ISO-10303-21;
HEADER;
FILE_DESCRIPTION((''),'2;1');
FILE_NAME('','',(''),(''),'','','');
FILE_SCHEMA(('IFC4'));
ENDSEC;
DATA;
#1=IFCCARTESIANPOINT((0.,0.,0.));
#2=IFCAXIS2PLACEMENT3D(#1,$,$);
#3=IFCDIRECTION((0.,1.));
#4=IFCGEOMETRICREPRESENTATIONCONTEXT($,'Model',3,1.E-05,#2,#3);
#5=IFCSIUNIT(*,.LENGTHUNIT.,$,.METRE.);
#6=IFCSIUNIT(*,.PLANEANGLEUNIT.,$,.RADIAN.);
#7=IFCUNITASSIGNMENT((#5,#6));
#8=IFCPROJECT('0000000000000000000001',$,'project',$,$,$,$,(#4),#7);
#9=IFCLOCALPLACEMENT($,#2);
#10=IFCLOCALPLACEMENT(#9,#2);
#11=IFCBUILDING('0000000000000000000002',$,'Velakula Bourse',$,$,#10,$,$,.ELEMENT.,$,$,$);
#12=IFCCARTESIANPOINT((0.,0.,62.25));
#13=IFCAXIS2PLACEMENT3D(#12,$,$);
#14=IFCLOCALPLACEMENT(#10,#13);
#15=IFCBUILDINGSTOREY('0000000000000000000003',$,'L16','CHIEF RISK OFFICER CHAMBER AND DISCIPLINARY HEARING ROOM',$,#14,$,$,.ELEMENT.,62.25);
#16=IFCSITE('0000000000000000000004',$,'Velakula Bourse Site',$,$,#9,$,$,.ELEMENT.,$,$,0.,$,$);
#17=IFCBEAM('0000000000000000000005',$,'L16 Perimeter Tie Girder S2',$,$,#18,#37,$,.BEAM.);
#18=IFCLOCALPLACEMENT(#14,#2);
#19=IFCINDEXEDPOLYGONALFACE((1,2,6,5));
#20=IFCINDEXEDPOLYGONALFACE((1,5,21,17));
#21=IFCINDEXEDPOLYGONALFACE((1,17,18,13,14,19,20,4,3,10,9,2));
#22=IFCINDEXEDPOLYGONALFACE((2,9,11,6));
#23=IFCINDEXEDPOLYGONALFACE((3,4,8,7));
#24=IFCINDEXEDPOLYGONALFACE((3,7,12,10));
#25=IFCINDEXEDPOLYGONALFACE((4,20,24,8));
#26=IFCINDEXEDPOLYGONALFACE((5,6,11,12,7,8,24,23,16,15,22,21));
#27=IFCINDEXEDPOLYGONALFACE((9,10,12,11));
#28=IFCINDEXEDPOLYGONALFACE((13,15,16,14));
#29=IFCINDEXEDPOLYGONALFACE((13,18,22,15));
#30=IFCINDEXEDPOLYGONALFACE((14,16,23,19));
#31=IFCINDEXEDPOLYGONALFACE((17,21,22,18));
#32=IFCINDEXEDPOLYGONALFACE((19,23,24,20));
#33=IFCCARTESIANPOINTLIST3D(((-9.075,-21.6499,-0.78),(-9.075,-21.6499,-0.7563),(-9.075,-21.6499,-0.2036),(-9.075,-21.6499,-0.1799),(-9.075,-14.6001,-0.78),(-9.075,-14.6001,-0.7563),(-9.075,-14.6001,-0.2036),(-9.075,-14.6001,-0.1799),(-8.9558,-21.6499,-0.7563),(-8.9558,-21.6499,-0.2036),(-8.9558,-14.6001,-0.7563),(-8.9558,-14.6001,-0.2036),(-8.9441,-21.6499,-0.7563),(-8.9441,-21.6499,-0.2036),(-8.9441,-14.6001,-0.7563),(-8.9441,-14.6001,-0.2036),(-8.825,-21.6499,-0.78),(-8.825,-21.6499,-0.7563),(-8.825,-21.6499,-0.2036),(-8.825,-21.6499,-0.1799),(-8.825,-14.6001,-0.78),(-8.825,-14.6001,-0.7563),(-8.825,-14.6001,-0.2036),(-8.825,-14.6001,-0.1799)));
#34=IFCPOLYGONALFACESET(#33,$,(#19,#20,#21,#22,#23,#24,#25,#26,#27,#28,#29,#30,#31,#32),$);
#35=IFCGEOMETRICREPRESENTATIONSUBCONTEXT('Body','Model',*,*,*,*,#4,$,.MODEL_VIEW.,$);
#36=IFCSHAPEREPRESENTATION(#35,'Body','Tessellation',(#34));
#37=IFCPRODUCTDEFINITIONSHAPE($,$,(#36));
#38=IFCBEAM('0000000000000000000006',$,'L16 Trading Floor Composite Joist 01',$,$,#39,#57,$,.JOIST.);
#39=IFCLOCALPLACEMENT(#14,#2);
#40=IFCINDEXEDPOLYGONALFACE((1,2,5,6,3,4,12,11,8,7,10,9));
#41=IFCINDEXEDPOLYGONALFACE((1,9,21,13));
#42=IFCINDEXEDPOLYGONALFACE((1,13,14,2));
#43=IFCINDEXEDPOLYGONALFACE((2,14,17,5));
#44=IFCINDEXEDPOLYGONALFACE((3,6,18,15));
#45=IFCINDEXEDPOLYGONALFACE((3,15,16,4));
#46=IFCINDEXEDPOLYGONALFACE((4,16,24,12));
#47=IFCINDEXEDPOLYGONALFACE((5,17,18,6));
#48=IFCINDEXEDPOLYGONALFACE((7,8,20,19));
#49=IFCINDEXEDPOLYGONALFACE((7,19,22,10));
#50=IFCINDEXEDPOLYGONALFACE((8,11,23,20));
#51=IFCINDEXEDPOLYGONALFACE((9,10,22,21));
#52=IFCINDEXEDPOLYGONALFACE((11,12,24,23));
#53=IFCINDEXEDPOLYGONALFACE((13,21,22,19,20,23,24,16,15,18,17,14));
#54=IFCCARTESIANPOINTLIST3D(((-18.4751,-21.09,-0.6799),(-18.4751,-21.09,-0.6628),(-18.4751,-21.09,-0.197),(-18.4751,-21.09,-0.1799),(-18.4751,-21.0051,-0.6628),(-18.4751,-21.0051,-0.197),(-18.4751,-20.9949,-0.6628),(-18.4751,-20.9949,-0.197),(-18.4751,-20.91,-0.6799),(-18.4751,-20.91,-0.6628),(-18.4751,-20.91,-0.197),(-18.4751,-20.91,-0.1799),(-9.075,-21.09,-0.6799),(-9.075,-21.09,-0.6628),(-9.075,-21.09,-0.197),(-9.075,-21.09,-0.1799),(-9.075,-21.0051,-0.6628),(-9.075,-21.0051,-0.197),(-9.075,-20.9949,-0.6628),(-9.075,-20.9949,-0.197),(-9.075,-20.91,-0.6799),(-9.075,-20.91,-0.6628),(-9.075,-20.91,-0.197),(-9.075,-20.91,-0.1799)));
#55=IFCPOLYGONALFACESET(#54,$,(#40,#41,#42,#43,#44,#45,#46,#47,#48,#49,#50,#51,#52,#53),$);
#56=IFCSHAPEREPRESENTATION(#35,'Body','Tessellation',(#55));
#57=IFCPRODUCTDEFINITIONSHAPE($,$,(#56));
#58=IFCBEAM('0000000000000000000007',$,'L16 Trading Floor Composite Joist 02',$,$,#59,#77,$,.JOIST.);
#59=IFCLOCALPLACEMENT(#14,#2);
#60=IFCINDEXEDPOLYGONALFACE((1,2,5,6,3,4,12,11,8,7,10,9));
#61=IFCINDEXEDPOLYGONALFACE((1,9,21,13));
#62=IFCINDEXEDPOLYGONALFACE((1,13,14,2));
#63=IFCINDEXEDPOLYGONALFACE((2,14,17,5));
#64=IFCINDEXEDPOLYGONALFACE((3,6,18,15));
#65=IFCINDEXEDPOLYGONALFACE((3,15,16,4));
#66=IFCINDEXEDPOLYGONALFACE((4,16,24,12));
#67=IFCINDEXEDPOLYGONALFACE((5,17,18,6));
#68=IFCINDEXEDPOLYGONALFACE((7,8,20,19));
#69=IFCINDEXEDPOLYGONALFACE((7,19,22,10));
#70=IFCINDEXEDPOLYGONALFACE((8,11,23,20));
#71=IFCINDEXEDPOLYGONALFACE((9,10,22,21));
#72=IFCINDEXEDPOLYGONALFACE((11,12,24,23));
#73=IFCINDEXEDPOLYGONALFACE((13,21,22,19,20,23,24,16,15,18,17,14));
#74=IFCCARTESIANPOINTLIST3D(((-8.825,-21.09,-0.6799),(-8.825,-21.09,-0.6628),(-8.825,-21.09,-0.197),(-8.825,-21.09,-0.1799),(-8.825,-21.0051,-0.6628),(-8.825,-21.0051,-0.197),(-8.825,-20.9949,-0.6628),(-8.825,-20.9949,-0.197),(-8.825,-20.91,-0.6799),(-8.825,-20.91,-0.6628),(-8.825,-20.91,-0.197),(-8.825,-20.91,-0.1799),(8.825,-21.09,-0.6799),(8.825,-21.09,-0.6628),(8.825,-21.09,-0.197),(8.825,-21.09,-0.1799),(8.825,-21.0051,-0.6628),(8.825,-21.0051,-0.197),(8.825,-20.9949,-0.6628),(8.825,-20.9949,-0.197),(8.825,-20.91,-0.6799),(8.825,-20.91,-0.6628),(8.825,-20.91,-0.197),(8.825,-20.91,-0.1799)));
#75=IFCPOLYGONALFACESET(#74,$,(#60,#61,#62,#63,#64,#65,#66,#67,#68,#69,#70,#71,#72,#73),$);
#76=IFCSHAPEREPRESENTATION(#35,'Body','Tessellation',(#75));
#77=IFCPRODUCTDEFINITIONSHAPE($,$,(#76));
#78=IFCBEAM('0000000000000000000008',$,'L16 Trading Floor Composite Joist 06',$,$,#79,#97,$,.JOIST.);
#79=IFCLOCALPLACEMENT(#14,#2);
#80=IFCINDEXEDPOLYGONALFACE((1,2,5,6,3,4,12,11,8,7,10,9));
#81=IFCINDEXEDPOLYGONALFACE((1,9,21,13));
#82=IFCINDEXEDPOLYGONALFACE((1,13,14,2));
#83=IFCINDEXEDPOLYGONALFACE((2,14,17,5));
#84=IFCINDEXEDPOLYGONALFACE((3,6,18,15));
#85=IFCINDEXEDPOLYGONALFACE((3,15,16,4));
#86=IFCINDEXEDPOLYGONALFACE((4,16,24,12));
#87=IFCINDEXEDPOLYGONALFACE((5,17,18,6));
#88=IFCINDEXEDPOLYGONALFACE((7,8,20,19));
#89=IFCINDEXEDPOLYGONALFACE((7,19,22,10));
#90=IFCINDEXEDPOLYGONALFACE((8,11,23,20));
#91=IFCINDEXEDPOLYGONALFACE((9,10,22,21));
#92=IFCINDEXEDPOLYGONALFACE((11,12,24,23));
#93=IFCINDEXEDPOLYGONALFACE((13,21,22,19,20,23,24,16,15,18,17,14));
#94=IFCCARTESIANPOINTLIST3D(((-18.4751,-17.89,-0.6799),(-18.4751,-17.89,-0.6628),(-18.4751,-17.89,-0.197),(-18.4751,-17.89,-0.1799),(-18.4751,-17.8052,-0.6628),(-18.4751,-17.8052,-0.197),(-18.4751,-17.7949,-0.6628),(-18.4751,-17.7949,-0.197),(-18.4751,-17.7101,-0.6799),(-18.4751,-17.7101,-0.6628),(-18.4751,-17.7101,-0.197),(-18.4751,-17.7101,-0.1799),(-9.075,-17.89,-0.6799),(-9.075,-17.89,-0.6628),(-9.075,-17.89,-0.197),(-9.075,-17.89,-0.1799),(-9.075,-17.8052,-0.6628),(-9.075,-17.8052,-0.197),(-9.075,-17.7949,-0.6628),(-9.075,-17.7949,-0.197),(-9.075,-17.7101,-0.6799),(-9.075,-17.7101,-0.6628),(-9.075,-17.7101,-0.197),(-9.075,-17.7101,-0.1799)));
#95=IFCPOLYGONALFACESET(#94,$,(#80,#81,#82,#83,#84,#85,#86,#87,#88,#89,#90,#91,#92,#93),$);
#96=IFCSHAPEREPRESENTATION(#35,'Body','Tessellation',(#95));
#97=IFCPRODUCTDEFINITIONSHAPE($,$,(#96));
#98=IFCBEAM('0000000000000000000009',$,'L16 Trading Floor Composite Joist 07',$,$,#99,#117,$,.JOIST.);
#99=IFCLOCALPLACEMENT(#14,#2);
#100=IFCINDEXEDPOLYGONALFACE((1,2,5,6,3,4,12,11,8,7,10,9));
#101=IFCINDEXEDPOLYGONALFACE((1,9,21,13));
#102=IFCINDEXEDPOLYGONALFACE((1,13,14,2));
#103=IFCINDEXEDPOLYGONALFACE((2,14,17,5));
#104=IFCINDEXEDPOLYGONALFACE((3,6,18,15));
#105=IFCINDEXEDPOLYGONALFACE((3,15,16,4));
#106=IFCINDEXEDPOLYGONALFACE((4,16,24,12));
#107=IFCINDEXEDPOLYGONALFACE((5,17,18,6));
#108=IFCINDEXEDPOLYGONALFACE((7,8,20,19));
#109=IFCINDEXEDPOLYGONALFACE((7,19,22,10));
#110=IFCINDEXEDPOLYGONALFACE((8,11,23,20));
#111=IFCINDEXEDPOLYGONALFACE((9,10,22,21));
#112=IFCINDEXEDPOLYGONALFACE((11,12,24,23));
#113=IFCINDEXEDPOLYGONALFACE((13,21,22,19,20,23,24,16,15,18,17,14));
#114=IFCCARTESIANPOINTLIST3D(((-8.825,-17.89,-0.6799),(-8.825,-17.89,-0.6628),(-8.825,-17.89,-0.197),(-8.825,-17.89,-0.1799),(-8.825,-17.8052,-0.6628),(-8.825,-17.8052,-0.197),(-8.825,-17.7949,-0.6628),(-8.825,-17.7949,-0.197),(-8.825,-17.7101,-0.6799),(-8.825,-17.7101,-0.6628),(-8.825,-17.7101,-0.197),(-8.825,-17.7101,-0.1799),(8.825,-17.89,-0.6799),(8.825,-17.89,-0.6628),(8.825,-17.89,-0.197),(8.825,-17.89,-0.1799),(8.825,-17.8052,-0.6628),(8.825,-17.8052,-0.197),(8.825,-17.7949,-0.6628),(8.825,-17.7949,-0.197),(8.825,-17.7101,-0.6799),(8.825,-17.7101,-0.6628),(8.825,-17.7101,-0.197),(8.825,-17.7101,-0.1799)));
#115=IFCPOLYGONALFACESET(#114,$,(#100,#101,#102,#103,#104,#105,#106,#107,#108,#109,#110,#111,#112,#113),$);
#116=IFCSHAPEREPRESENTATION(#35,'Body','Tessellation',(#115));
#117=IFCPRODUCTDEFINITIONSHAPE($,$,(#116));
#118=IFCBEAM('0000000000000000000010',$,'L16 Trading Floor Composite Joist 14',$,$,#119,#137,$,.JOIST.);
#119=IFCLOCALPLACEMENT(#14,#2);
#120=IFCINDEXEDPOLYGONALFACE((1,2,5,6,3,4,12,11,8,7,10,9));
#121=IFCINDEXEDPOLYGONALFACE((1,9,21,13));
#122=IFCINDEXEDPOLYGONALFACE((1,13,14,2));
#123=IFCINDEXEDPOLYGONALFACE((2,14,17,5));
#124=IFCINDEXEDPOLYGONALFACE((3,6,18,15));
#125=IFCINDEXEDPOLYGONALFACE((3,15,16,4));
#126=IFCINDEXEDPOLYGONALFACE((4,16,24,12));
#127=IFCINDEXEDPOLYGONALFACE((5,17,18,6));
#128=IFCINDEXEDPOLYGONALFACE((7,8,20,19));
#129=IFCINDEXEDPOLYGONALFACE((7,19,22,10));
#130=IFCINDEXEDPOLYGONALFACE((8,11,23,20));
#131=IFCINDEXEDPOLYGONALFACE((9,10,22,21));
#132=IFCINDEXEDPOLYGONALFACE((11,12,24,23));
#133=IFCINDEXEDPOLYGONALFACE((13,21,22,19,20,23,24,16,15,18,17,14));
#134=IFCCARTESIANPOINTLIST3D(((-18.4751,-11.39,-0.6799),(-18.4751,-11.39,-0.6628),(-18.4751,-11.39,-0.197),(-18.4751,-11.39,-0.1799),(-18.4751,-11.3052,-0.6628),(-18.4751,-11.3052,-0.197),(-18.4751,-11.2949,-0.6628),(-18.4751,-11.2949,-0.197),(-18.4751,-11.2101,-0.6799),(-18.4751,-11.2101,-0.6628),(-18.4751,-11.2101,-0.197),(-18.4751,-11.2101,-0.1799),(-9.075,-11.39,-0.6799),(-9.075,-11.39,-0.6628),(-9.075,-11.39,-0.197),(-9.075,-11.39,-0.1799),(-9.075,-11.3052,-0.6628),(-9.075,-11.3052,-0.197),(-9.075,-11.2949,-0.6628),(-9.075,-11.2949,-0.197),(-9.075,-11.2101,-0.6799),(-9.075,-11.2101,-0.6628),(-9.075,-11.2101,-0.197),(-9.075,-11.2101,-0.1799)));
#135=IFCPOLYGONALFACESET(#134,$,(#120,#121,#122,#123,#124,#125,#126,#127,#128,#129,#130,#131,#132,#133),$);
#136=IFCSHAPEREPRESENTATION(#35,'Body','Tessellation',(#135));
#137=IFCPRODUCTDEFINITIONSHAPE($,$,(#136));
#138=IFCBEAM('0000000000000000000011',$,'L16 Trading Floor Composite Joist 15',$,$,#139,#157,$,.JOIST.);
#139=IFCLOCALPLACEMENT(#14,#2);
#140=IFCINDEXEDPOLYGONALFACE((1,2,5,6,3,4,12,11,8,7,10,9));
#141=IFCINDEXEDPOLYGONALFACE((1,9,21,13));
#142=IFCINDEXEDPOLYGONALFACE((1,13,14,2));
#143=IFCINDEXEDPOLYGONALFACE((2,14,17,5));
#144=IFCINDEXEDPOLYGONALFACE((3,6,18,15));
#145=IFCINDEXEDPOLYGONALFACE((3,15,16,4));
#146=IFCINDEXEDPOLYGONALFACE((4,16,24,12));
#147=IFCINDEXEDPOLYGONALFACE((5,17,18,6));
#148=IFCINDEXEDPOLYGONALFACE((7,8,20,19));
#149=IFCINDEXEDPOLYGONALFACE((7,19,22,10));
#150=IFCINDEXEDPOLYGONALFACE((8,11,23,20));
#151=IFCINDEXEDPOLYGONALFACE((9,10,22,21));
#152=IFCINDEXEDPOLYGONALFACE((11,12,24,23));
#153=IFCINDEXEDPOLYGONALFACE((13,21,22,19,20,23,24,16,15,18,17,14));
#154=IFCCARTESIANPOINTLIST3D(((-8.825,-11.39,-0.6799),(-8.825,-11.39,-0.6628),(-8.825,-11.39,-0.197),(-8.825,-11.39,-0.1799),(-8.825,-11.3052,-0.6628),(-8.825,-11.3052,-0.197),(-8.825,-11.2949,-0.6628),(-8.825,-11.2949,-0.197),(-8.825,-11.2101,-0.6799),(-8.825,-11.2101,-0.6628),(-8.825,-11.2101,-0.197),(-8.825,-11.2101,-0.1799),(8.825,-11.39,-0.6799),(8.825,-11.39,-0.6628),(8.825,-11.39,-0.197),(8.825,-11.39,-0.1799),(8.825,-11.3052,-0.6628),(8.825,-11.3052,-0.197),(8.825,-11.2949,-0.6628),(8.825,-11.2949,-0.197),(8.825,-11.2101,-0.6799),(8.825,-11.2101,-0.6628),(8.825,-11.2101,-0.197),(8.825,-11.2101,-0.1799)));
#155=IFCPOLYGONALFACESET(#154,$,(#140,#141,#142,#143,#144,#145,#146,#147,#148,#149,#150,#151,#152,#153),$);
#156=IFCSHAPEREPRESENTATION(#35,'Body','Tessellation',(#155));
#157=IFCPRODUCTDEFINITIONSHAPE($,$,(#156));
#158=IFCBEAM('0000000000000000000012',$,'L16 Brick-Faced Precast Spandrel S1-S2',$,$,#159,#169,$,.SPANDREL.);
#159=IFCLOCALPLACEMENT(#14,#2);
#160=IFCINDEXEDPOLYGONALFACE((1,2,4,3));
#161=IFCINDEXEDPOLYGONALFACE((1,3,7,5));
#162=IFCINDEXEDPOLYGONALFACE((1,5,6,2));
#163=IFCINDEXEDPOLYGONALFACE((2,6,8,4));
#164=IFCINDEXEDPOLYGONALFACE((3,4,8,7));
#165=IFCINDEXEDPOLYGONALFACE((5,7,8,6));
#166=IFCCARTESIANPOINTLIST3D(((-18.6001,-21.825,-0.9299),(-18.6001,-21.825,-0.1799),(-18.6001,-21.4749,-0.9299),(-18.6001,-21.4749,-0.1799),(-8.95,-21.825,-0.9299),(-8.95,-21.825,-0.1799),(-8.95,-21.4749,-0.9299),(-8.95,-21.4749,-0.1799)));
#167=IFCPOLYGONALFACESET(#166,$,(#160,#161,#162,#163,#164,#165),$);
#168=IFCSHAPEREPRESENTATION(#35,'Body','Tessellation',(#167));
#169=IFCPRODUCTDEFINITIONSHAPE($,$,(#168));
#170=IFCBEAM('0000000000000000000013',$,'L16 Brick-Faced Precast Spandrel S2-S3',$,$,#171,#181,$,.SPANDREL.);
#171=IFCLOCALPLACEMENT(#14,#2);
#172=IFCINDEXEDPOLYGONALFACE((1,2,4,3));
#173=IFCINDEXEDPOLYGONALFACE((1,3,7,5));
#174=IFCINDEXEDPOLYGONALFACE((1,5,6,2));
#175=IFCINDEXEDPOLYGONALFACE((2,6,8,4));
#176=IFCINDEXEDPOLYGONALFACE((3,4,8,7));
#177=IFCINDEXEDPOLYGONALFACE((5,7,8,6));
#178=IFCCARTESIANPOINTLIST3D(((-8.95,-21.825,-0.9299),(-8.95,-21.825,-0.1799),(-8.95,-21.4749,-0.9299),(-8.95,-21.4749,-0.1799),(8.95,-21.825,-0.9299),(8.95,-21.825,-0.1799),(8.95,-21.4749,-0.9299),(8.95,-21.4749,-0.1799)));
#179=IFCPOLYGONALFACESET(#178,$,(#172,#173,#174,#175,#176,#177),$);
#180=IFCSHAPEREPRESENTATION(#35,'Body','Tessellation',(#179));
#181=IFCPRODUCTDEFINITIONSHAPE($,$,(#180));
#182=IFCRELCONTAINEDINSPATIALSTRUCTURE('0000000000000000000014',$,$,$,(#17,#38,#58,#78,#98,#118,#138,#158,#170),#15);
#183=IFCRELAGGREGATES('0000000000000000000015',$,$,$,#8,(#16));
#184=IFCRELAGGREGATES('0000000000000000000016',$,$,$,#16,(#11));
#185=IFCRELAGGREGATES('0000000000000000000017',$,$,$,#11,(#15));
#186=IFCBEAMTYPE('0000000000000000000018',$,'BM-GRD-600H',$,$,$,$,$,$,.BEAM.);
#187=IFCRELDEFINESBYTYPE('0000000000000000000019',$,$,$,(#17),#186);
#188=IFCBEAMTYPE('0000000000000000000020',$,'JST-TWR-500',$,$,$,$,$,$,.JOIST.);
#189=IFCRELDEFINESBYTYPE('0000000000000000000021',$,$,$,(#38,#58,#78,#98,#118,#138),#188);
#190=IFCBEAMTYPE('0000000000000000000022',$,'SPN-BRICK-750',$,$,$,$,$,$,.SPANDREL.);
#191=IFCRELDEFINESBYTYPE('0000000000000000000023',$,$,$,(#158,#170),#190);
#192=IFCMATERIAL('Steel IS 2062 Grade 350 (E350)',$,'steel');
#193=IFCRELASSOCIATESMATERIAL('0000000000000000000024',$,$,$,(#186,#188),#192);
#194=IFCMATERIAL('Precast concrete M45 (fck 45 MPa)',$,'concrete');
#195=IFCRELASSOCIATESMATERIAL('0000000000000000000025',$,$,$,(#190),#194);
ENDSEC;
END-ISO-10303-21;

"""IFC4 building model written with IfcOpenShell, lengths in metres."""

from ifc_helpers import new_model, si_unit, direction, frame, origin, origin_2d, place, context, subcontext, project, spatial, rectangle, i_section, extrude, material, material_profile, profile_set, type_object, element, save


model = new_model("IFC4")

# Units and contexts
model_context = context("Model", 3, precision=1e-05, world=origin(), true_north=direction((0.0, 1.0)))
body_context = subcontext(model_context, "Body", "Model", "MODEL_VIEW")
ifc_project = project(units=[si_unit("LENGTHUNIT", "METRE"), si_unit("PLANEANGLEUNIT", "RADIAN")], contexts=[model_context])

# Site, building, storey
site_placement = place(None, origin())
site = spatial("IfcSite", under=ifc_project, at=site_placement, Name="Velakula Bourse Site", CompositionType="ELEMENT", RefElevation=0.0)
building_placement = place(site_placement, origin())
building = spatial("IfcBuilding", under=site, at=building_placement, Name="Velakula Bourse", CompositionType="ELEMENT")
storey_placement = place(building_placement, frame((0.0, 0.0, 62.25)))
storey = spatial("IfcBuildingStorey", under=building, at=storey_placement, Name="L16", Description="CHIEF RISK OFFICER CHAMBER AND DISCIPLINARY HEARING ROOM", CompositionType="ELEMENT", Elevation=62.25)

# Beams
ifc_material_1 = material(Name="Steel IS 2062 Grade 350 (E350)", Category="steel")
ifc_material_profile_1 = material_profile(ifc_material_1, i_section(OverallWidth=0.25, OverallDepth=0.6001, WebThickness=0.0117, FlangeThickness=0.0237, at=origin_2d()), Name="Steel IS 2062 Grade 350 (E350)")
ifc_profile_set_1 = profile_set([ifc_material_profile_1], Name="Steel IS 2062 Grade 350 (E350)")
beam_type_1 = type_object("IfcBeamType", Name="BM-GRD-600H", PredefinedType="BEAM", material=ifc_profile_set_1)
for number, where, z_axis, x_axis, name in (
    (1, (-8.95, -14.6001, -0.48), (0.0, -1.0, 0.0), (1.0, 0.0, 0.0), "L16 Perimeter Tie Girder S2"),
):
    element("IfcBeam", number, at=place(storey_placement, frame(where, z_axis=z_axis, x_axis=x_axis)), inside=storey, type_object=beam_type_1, Name=name, PredefinedType="BEAM", context=body_context, shape_type="SweptSolid", body=[
        extrude(i_section(OverallWidth=0.25, OverallDepth=0.6001, WebThickness=0.0117, FlangeThickness=0.0237, at=origin_2d()), origin(), (0.0, 0.0, 1.0), 7.0498),
    ])
ifc_material_profile_2 = material_profile(ifc_material_1, i_section(OverallWidth=0.1799, OverallDepth=0.5, WebThickness=0.0103, FlangeThickness=0.0171, at=origin_2d()), Name="Steel IS 2062 Grade 350 (E350)")
ifc_profile_set_2 = profile_set([ifc_material_profile_2], Name="Steel IS 2062 Grade 350 (E350)")
beam_type_2 = type_object("IfcBeamType", Name="JST-TWR-500", PredefinedType="JOIST", material=ifc_profile_set_2)
beam_1_placement = place(storey_placement, frame((-18.4751, -21.0, -0.4299), z_axis=(1.0, 0.0, 0.0), x_axis=(0.0, 1.0, 0.0)))
element("IfcBeam", 2, at=beam_1_placement, inside=storey, type_object=beam_type_2, Name="L16 Trading Floor Composite Joist 01", PredefinedType="JOIST", context=body_context, shape_type="SweptSolid", body=[
    extrude(i_section(OverallWidth=0.1799, OverallDepth=0.5, WebThickness=0.0103, FlangeThickness=0.0171, at=origin_2d()), origin(), (0.0, 0.0, 1.0), 9.4001),
])
beam_2_placement = place(storey_placement, frame((-8.825, -21.0, -0.4299), z_axis=(1.0, 0.0, 0.0), x_axis=(0.0, 1.0, 0.0)))
element("IfcBeam", 3, at=beam_2_placement, inside=storey, type_object=beam_type_2, Name="L16 Trading Floor Composite Joist 02", PredefinedType="JOIST", context=body_context, shape_type="SweptSolid", body=[
    extrude(i_section(OverallWidth=0.1799, OverallDepth=0.5, WebThickness=0.0103, FlangeThickness=0.0171, at=origin_2d()), origin(), (0.0, 0.0, 1.0), 17.6499),
])
beam_3_placement = place(storey_placement, frame((-18.4751, -17.8, -0.4299), z_axis=(1.0, 0.0, 0.0), x_axis=(0.0, 1.0, 0.0)))
element("IfcBeam", 4, at=beam_3_placement, inside=storey, type_object=beam_type_2, Name="L16 Trading Floor Composite Joist 06", PredefinedType="JOIST", context=body_context, shape_type="SweptSolid", body=[
    extrude(i_section(OverallWidth=0.1799, OverallDepth=0.5, WebThickness=0.0103, FlangeThickness=0.0171, at=origin_2d()), origin(), (0.0, 0.0, 1.0), 9.4001),
])
beam_4_placement = place(storey_placement, frame((-8.825, -17.8, -0.4299), z_axis=(1.0, 0.0, 0.0), x_axis=(0.0, 1.0, 0.0)))
element("IfcBeam", 5, at=beam_4_placement, inside=storey, type_object=beam_type_2, Name="L16 Trading Floor Composite Joist 07", PredefinedType="JOIST", context=body_context, shape_type="SweptSolid", body=[
    extrude(i_section(OverallWidth=0.1799, OverallDepth=0.5, WebThickness=0.0103, FlangeThickness=0.0171, at=origin_2d()), origin(), (0.0, 0.0, 1.0), 17.6499),
])
beam_5_placement = place(storey_placement, frame((-18.4751, -11.3, -0.4299), z_axis=(1.0, 0.0, 0.0), x_axis=(0.0, 1.0, 0.0)))
element("IfcBeam", 6, at=beam_5_placement, inside=storey, type_object=beam_type_2, Name="L16 Trading Floor Composite Joist 14", PredefinedType="JOIST", context=body_context, shape_type="SweptSolid", body=[
    extrude(i_section(OverallWidth=0.1799, OverallDepth=0.5, WebThickness=0.0103, FlangeThickness=0.0171, at=origin_2d()), origin(), (0.0, 0.0, 1.0), 9.4001),
])
beam_6_placement = place(storey_placement, frame((-8.825, -11.3, -0.4299), z_axis=(1.0, 0.0, 0.0), x_axis=(0.0, 1.0, 0.0)))
element("IfcBeam", 7, at=beam_6_placement, inside=storey, type_object=beam_type_2, Name="L16 Trading Floor Composite Joist 15", PredefinedType="JOIST", context=body_context, shape_type="SweptSolid", body=[
    extrude(i_section(OverallWidth=0.1799, OverallDepth=0.5, WebThickness=0.0103, FlangeThickness=0.0171, at=origin_2d()), origin(), (0.0, 0.0, 1.0), 17.6499),
])
ifc_material_2 = material(Name="Precast concrete M45 (fck 45 MPa)", Category="concrete")
ifc_material_profile_3 = material_profile(ifc_material_2, rectangle(XDim=0.3501, YDim=0.75, at=origin_2d()), Name="Precast concrete M45 (fck 45 MPa)")
ifc_profile_set_3 = profile_set([ifc_material_profile_3], Name="Precast concrete M45 (fck 45 MPa)")
beam_type_3 = type_object("IfcBeamType", Name="SPN-BRICK-750", PredefinedType="SPANDREL", material=ifc_profile_set_3)
beam_7_placement = place(storey_placement, frame((-18.6001, -21.6499, -0.5549), z_axis=(1.0, 0.0, 0.0), x_axis=(0.0, 1.0, 0.0)))
element("IfcBeam", 8, at=beam_7_placement, inside=storey, type_object=beam_type_3, Name="L16 Brick-Faced Precast Spandrel S1-S2", PredefinedType="SPANDREL", context=body_context, shape_type="SweptSolid", body=[
    extrude(rectangle(XDim=0.3501, YDim=0.75, at=origin_2d()), origin(), (0.0, 0.0, 1.0), 9.6501),
])
beam_8_placement = place(storey_placement, frame((-8.95, -21.6499, -0.5549), z_axis=(1.0, 0.0, 0.0), x_axis=(0.0, 1.0, 0.0)))
element("IfcBeam", 9, at=beam_8_placement, inside=storey, type_object=beam_type_3, Name="L16 Brick-Faced Precast Spandrel S2-S3", PredefinedType="SPANDREL", context=body_context, shape_type="SweptSolid", body=[
    extrude(rectangle(XDim=0.3501, YDim=0.75, at=origin_2d()), origin(), (0.0, 0.0, 1.0), 17.8999),
])

save(model, "model.ifc")
